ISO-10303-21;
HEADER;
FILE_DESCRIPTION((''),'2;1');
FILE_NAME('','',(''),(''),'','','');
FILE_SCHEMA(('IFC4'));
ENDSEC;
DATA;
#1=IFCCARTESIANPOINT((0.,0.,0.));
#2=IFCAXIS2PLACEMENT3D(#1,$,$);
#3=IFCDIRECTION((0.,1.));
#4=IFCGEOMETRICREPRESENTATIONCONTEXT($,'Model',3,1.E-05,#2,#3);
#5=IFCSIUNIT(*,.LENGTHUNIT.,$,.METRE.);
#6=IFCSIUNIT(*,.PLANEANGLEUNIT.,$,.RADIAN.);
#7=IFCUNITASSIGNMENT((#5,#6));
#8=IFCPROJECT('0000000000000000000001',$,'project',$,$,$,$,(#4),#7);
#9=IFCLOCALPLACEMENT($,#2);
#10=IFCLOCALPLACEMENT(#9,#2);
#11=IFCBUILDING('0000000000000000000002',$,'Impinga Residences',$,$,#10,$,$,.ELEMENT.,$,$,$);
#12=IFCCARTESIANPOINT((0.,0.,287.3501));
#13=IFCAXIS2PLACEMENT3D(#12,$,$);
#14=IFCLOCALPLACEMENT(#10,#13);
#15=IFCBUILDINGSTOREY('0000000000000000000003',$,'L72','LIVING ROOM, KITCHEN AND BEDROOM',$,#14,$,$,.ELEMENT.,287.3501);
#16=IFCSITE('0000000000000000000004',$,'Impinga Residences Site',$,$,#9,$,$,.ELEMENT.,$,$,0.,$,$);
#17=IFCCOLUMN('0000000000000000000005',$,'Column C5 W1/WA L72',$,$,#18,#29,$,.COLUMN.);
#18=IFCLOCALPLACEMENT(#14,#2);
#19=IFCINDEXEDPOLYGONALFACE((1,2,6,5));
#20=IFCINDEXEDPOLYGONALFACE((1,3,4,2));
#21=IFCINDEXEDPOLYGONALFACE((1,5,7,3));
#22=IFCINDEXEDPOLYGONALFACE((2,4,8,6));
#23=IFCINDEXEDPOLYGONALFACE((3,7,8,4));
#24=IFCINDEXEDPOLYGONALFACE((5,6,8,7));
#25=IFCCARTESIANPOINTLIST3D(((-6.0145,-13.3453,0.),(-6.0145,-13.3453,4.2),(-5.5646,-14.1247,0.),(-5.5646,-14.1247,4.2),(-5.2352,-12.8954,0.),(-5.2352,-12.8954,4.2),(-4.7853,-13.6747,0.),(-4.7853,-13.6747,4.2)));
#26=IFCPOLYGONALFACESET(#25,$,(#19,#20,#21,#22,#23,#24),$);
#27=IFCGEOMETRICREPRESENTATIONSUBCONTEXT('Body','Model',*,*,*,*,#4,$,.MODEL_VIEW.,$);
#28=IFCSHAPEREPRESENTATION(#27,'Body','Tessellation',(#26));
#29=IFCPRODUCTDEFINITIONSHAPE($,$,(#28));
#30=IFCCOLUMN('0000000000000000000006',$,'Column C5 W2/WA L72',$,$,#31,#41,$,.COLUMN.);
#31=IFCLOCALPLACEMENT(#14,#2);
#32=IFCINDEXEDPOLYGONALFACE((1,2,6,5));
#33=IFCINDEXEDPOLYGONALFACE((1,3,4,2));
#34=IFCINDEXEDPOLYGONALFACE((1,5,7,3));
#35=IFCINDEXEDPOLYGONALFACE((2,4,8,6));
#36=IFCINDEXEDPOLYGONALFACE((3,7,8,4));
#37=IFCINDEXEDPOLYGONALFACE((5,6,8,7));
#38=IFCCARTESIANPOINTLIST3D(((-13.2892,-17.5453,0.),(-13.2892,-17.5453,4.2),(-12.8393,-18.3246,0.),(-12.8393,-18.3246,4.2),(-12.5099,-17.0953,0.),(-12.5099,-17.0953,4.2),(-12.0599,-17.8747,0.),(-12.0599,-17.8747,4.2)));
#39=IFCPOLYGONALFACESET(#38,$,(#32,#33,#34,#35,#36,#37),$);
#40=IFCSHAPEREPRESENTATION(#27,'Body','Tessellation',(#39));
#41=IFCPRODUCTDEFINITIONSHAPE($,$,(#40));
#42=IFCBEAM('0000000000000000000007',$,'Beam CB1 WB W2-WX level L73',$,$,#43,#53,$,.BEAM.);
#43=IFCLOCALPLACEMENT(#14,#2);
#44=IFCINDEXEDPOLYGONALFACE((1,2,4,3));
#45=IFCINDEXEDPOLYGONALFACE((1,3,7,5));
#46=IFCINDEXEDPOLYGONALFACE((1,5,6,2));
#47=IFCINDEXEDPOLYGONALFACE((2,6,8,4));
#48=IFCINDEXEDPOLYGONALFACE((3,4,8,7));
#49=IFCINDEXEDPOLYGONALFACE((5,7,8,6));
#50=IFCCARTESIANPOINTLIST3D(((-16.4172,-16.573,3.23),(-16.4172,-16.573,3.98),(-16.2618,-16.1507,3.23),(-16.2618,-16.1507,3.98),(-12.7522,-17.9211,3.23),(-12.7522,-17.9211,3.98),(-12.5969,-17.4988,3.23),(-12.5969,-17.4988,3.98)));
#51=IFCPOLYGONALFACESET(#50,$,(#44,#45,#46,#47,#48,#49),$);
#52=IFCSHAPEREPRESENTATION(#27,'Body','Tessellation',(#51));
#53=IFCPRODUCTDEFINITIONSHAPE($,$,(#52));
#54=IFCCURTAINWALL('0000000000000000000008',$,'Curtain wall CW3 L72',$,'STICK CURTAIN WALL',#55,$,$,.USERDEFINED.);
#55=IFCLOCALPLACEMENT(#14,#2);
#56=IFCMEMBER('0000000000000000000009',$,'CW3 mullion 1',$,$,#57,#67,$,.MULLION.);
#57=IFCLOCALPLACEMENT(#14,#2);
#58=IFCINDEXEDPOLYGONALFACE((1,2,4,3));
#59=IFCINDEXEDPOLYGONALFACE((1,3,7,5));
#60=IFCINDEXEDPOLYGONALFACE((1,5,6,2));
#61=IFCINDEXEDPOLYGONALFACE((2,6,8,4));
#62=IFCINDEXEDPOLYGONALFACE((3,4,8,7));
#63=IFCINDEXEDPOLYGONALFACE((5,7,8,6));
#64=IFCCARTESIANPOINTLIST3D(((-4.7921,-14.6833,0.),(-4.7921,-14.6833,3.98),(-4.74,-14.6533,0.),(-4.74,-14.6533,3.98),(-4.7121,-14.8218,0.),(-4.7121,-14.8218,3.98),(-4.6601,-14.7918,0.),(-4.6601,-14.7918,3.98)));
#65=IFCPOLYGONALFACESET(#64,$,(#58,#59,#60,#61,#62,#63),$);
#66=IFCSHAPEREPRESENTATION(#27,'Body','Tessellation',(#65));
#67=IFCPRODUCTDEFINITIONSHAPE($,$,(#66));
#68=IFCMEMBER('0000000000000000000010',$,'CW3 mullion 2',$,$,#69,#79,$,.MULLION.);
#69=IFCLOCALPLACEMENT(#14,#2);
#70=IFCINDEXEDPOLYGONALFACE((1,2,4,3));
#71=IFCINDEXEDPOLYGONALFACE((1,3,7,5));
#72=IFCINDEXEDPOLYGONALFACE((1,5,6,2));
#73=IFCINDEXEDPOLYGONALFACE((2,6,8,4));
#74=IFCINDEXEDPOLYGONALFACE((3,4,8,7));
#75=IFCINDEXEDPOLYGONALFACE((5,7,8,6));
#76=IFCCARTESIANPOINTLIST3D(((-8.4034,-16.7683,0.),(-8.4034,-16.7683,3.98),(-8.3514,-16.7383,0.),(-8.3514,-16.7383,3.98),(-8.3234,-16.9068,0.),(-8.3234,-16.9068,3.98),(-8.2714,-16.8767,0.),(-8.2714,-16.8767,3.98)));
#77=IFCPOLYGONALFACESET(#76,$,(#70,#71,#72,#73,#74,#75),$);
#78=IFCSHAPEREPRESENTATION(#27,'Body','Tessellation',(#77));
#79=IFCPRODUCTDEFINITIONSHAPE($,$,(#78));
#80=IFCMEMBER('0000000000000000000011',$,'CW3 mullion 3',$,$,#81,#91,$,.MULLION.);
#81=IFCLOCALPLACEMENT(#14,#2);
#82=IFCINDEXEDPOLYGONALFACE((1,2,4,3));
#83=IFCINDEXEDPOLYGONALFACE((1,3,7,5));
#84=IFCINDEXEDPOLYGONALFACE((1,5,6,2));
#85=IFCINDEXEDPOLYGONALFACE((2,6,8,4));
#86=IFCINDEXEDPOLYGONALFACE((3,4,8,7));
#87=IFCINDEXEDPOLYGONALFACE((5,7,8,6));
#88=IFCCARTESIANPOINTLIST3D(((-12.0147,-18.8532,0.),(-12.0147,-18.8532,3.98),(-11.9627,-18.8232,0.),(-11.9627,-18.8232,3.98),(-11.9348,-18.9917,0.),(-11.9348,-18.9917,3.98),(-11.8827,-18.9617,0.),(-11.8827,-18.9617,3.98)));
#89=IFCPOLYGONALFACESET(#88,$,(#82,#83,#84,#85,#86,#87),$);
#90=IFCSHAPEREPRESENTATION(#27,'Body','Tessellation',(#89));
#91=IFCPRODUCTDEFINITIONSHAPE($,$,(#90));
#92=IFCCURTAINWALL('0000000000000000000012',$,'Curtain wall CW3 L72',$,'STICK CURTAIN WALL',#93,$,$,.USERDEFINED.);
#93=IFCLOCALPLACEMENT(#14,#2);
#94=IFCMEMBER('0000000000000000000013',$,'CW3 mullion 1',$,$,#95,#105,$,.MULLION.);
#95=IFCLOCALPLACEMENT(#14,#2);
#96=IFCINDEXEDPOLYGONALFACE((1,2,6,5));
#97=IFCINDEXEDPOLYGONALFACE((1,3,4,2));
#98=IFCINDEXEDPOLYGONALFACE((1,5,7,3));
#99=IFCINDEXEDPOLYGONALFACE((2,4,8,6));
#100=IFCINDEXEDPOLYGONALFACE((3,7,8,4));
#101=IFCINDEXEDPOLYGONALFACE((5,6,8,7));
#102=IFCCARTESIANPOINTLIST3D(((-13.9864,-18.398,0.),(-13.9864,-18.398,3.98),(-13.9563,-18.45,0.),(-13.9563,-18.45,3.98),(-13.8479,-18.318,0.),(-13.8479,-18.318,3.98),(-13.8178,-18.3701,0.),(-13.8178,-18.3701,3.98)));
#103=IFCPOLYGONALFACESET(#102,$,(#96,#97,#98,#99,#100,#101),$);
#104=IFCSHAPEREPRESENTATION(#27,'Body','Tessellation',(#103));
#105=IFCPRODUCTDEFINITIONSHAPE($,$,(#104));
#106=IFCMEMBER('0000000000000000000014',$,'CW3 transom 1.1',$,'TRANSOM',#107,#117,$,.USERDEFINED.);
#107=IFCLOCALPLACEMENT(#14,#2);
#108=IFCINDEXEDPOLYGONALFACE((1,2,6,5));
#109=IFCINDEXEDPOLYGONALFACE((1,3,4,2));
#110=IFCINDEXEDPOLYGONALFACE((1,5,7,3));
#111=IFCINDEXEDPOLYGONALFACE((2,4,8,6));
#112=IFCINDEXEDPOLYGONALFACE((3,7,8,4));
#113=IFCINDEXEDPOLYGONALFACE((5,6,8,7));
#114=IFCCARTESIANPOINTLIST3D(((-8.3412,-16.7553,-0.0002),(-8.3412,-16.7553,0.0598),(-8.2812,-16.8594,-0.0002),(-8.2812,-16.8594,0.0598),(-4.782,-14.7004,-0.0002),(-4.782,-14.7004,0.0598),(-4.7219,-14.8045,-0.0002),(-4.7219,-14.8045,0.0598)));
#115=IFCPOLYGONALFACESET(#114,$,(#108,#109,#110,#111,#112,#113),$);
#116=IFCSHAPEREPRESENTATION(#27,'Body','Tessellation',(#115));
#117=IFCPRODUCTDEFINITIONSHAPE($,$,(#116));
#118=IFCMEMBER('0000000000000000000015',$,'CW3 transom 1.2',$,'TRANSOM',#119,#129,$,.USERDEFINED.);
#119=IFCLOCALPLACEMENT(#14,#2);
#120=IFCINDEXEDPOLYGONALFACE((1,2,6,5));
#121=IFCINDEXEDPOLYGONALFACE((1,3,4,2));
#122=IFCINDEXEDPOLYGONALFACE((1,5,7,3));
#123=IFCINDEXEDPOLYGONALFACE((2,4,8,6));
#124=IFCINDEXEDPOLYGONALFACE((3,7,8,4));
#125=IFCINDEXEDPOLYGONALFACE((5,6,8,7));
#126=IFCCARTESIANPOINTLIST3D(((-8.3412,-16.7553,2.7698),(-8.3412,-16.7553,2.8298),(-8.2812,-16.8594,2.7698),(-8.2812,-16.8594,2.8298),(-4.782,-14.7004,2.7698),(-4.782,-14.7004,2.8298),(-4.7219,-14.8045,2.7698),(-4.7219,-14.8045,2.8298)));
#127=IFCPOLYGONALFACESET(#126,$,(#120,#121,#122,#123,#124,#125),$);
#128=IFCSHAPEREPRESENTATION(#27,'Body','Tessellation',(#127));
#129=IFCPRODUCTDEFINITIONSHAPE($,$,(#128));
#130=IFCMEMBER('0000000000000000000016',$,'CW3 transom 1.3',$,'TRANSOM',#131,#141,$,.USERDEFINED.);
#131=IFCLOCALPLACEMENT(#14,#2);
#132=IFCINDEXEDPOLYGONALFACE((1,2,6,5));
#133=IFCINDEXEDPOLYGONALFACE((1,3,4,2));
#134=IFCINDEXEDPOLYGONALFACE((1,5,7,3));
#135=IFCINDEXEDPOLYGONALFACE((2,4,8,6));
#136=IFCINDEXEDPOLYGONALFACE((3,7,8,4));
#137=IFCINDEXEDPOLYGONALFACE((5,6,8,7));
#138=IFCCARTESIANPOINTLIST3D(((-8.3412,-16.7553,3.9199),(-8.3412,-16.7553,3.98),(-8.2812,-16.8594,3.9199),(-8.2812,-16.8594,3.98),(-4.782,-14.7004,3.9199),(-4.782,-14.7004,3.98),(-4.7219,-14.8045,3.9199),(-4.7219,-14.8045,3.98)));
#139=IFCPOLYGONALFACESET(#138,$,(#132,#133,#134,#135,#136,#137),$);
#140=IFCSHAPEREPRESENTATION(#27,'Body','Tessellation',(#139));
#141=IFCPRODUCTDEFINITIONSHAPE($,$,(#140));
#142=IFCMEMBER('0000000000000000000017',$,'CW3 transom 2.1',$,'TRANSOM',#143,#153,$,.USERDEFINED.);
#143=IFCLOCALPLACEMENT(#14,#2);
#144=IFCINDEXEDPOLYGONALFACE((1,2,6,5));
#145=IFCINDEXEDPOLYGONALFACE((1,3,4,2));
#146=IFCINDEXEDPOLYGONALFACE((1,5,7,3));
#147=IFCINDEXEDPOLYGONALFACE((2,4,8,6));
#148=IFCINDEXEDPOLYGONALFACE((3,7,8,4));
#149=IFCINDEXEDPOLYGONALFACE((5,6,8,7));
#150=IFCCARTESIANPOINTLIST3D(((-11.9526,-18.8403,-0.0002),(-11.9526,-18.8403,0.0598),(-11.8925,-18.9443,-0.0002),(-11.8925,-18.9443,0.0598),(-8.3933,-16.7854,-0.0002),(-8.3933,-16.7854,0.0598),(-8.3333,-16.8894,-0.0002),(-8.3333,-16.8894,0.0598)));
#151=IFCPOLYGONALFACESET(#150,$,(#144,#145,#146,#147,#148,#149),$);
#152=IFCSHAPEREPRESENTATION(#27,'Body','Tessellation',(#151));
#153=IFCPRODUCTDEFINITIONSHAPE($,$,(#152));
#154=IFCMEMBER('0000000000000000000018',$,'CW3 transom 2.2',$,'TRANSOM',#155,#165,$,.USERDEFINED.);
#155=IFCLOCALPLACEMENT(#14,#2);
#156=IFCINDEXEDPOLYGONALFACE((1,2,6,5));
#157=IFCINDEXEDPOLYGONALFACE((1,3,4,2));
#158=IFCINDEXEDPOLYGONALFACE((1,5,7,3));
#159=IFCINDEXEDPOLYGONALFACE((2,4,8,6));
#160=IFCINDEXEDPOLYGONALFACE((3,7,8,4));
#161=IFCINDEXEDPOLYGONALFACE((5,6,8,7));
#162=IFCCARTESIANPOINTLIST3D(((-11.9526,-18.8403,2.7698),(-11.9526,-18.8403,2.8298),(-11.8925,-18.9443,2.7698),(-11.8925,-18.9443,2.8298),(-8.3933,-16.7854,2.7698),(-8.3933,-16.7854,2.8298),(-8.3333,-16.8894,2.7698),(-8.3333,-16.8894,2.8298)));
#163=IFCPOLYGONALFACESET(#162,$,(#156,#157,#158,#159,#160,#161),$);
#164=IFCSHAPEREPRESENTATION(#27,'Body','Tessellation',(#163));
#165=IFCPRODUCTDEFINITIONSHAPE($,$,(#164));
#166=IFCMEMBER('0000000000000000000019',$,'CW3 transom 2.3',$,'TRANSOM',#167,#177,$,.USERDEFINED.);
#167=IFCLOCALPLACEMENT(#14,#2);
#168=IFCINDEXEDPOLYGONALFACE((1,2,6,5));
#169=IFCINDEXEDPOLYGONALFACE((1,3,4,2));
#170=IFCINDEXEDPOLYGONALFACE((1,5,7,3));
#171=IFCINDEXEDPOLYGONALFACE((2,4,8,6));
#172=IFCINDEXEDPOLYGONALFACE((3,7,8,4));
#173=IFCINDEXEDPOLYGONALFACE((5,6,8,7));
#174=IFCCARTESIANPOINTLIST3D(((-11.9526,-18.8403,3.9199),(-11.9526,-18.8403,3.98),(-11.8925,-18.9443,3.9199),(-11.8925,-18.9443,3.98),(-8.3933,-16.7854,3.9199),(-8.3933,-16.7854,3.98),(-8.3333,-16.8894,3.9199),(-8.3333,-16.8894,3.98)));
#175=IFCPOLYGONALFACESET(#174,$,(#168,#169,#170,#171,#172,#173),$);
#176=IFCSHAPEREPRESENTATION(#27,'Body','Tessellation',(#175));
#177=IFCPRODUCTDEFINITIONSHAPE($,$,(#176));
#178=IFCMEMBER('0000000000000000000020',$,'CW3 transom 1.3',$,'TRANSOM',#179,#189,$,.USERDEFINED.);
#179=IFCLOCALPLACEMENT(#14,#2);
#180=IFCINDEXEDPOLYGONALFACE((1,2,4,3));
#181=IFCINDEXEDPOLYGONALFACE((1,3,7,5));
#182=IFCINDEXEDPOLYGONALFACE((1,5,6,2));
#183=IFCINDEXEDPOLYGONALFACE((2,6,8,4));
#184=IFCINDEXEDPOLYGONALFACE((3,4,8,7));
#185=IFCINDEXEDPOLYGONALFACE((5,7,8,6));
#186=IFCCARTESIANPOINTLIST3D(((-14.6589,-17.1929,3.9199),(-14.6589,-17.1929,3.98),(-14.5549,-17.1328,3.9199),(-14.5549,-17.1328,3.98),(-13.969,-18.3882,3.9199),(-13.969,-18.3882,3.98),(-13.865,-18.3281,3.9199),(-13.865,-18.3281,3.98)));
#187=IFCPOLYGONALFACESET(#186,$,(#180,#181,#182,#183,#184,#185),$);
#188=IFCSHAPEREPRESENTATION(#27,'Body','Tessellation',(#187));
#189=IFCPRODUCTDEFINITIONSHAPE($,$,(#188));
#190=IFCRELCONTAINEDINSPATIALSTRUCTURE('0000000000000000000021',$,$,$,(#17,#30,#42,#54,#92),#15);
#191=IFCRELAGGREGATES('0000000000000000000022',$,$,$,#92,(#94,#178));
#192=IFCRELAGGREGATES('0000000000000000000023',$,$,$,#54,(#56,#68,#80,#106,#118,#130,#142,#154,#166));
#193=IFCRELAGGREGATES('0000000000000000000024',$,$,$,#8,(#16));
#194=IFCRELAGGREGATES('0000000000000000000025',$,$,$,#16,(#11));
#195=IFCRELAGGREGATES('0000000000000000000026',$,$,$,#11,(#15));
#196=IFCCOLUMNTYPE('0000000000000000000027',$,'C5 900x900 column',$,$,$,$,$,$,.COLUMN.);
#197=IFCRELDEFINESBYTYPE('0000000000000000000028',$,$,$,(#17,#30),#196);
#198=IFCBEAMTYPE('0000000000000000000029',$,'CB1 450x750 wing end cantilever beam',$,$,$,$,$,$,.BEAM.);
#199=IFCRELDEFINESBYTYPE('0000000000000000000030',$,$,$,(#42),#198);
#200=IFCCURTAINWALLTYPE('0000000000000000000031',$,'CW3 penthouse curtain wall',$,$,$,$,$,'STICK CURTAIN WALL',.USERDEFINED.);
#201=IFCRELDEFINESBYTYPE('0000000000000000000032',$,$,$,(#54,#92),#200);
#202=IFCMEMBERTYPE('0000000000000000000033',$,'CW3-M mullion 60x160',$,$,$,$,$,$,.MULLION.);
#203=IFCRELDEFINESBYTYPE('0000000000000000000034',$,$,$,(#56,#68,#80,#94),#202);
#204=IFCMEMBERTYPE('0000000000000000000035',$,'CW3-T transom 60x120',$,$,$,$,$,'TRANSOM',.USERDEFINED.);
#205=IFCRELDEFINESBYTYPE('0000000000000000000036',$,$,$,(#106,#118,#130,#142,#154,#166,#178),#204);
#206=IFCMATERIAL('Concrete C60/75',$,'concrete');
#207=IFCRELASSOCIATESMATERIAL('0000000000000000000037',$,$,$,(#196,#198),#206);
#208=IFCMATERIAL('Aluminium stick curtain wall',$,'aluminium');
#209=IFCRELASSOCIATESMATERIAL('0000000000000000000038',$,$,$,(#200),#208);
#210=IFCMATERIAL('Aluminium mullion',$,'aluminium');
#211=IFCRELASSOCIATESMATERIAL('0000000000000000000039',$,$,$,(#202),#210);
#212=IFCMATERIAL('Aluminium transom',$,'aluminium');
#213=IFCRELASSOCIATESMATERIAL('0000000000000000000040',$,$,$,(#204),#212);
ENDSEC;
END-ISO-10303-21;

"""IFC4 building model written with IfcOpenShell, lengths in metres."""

from ifc_helpers import new_model, si_unit, direction, frame, origin, origin_2d, place, context, subcontext, project, spatial, rectangle, extrude, material, material_profile, profile_set, type_object, element, aggregate, save


model = new_model("IFC4")

# Units and contexts
model_context = context("Model", 3, precision=1e-05, world=origin(), true_north=direction((0.0, 1.0)))
body_context = subcontext(model_context, "Body", "Model", "MODEL_VIEW")
ifc_project = project(units=[si_unit("LENGTHUNIT", "METRE"), si_unit("PLANEANGLEUNIT", "RADIAN")], contexts=[model_context])

# Site, building, storey
site_placement = place(None, origin())
site = spatial("IfcSite", under=ifc_project, at=site_placement, Name="Impinga Residences Site", CompositionType="ELEMENT", RefElevation=0.0)
building_placement = place(site_placement, origin())
building = spatial("IfcBuilding", under=site, at=building_placement, Name="Impinga Residences", CompositionType="ELEMENT")
storey_placement = place(building_placement, frame((0.0, 0.0, 287.3501)))
storey = spatial("IfcBuildingStorey", under=building, at=storey_placement, Name="L72", Description="LIVING ROOM, KITCHEN AND BEDROOM", CompositionType="ELEMENT", Elevation=287.3501)

# Columns
ifc_material_1 = material(Name="Concrete C60/75", Category="concrete")
ifc_material_profile_1 = material_profile(ifc_material_1, rectangle(XDim=0.8999, YDim=0.8999, at=origin_2d()), Name="RC 900x900")
ifc_profile_set_1 = profile_set([ifc_material_profile_1], Name="Concrete C60/75")
column_type = type_object("IfcColumnType", Name="C5 900x900 column", PredefinedType="COLUMN", material=ifc_profile_set_1)
for number, where, z_axis, x_axis, name in (
    (1, (-5.3999, -13.51, 0.0), (0.0, 0.0, 1.0), (-0.5, 0.866025, 0.0), "Column C5 W1/WA L72"),
    (2, (-12.6746, -17.71, 0.0), (0.0, 0.0, 1.0), (-0.5, 0.866025, 0.0), "Column C5 W2/WA L72"),
):
    element("IfcColumn", number, at=place(storey_placement, frame(where, z_axis=z_axis, x_axis=x_axis)), inside=storey, type_object=column_type, Name=name, PredefinedType="COLUMN", context=body_context, shape_type="SweptSolid", body=[
        extrude(rectangle(XDim=0.8999, YDim=0.8999, at=origin_2d()), origin(), (0.0, 0.0, 1.0), 4.2),
    ])

# Beam
ifc_material_profile_2 = material_profile(ifc_material_1, rectangle(XDim=0.45, YDim=0.75, at=origin_2d()), Name="RC 450x750")
ifc_profile_set_2 = profile_set([ifc_material_profile_2], Name="Concrete C60/75")
beam_type_1 = type_object("IfcBeamType", Name="CB1 450x750 wing end cantilever beam", PredefinedType="BEAM", material=ifc_profile_set_2)
beam_1_placement = place(storey_placement, frame((-12.6746, -17.71, 3.605), z_axis=(-0.93852, 0.345224, 0.0), x_axis=(-0.345224, -0.93852, 0.0)))
element("IfcBeam", 3, at=beam_1_placement, inside=storey, type_object=beam_type_1, Name="Beam CB1 WB W2-WX level L73", PredefinedType="BEAM", context=body_context, shape_type="SweptSolid", body=[
    extrude(rectangle(XDim=0.45, YDim=0.75, at=origin_2d()), origin(), (0.0, 0.0, 1.0), 3.905),
])

# Curtain wall, members
ifc_material_2 = material(Name="Aluminium stick curtain wall", Category="aluminium")
curtain_wall_type = type_object("IfcCurtainWallType", Name="CW3 penthouse curtain wall", ElementType="STICK CURTAIN WALL", PredefinedType="USERDEFINED", material=ifc_material_2)
curtain_wall_1_placement = place(storey_placement, origin())
curtain_wall_1 = element("IfcCurtainWall", 4, at=curtain_wall_1_placement, inside=storey, type_object=curtain_wall_type, Name="Curtain wall CW3 L72", ObjectType="STICK CURTAIN WALL", PredefinedType="USERDEFINED")
ifc_material_3 = material(Name="Aluminium mullion", Category="aluminium")
ifc_material_profile_3 = material_profile(ifc_material_3, rectangle(XDim=0.0601, YDim=0.1599, at=origin_2d()), Name="60x160 mullion")
ifc_profile_set_3 = profile_set([ifc_material_profile_3], Name="Aluminium mullion")
member_type_1 = type_object("IfcMemberType", Name="CW3-M mullion 60x160", PredefinedType="MULLION", material=ifc_profile_set_3)
member_1_placement = place(storey_placement, frame((-4.7261, -14.7375, 0.0), z_axis=(0.0, 0.0, 1.0), x_axis=(-0.866025, -0.5, 0.0)))
member_1 = element("IfcMember", 5, at=member_1_placement, type_object=member_type_1, Name="CW3 mullion 1", PredefinedType="MULLION", context=body_context, shape_type="SweptSolid", body=[
    extrude(rectangle(XDim=0.0601, YDim=0.1599, at=origin_2d()), origin(), (0.0, 0.0, 1.0), 3.98),
])
member_2_placement = place(storey_placement, frame((-8.3374, -16.8225, 0.0), z_axis=(0.0, 0.0, 1.0), x_axis=(-0.866025, -0.5, 0.0)))
member_2 = element("IfcMember", 6, at=member_2_placement, type_object=member_type_1, Name="CW3 mullion 2", PredefinedType="MULLION", context=body_context, shape_type="SweptSolid", body=[
    extrude(rectangle(XDim=0.0601, YDim=0.1599, at=origin_2d()), origin(), (0.0, 0.0, 1.0), 3.98),
])
member_3_placement = place(storey_placement, frame((-11.9487, -18.9075, 0.0), z_axis=(0.0, 0.0, 1.0), x_axis=(-0.866025, -0.5, 0.0)))
member_3 = element("IfcMember", 7, at=member_3_placement, type_object=member_type_1, Name="CW3 mullion 3", PredefinedType="MULLION", context=body_context, shape_type="SweptSolid", body=[
    extrude(rectangle(XDim=0.0601, YDim=0.1599, at=origin_2d()), origin(), (0.0, 0.0, 1.0), 3.98),
])

# Curtain wall, member
curtain_wall_2_placement = place(storey_placement, origin())
curtain_wall_2 = element("IfcCurtainWall", 8, at=curtain_wall_2_placement, inside=storey, type_object=curtain_wall_type, Name="Curtain wall CW3 L72", ObjectType="STICK CURTAIN WALL", PredefinedType="USERDEFINED")
member_4_placement = place(storey_placement, frame((-13.9021, -18.384, 0.0), z_axis=(0.0, 0.0, 1.0), x_axis=(-0.5, 0.866025, 0.0)))
member_4 = element("IfcMember", 9, at=member_4_placement, type_object=member_type_1, Name="CW3 mullion 1", PredefinedType="MULLION", context=body_context, shape_type="SweptSolid", body=[
    extrude(rectangle(XDim=0.0601, YDim=0.1599, at=origin_2d()), origin(), (0.0, 0.0, 1.0), 3.98),
])

# Members
ifc_material_4 = material(Name="Aluminium transom", Category="aluminium")
ifc_material_profile_4 = material_profile(ifc_material_4, rectangle(XDim=0.0601, YDim=0.1201, at=origin_2d()), Name="60x120 transom")
ifc_profile_set_4 = profile_set([ifc_material_profile_4], Name="Aluminium transom")
member_type_2 = type_object("IfcMemberType", Name="CW3-T transom 60x120", ElementType="TRANSOM", PredefinedType="USERDEFINED", material=ifc_profile_set_4)
member_5_placement = place(storey_placement, frame((-4.752, -14.7524, 0.0298), z_axis=(-0.86603, -0.499992, 0.0), x_axis=(0.0, 0.0, 1.0)))
member_5 = element("IfcMember", 10, at=member_5_placement, type_object=member_type_2, Name="CW3 transom 1.1", ObjectType="TRANSOM", PredefinedType="USERDEFINED", context=body_context, shape_type="SweptSolid", body=[
    extrude(rectangle(XDim=0.0601, YDim=0.1201, at=origin_2d()), origin(), (0.0, 0.0, 1.0), 4.1099),
])
member_6_placement = place(storey_placement, frame((-4.752, -14.7524, 2.7998), z_axis=(-0.86603, -0.499992, 0.0), x_axis=(0.0, 0.0, 1.0)))
member_6 = element("IfcMember", 11, at=member_6_placement, type_object=member_type_2, Name="CW3 transom 1.2", ObjectType="TRANSOM", PredefinedType="USERDEFINED", context=body_context, shape_type="SweptSolid", body=[
    extrude(rectangle(XDim=0.0601, YDim=0.1201, at=origin_2d()), origin(), (0.0, 0.0, 1.0), 4.1099),
])
member_7_placement = place(storey_placement, frame((-4.752, -14.7524, 3.95), z_axis=(-0.86603, -0.499992, 0.0), x_axis=(0.0, 0.0, 1.0)))
member_7 = element("IfcMember", 12, at=member_7_placement, type_object=member_type_2, Name="CW3 transom 1.3", ObjectType="TRANSOM", PredefinedType="USERDEFINED", context=body_context, shape_type="SweptSolid", body=[
    extrude(rectangle(XDim=0.0601, YDim=0.1201, at=origin_2d()), origin(), (0.0, 0.0, 1.0), 4.1099),
])
member_8_placement = place(storey_placement, frame((-8.3633, -16.8374, 0.0298), z_axis=(-0.86603, -0.499992, 0.0), x_axis=(0.0, 0.0, 1.0)))
member_8 = element("IfcMember", 13, at=member_8_placement, type_object=member_type_2, Name="CW3 transom 2.1", ObjectType="TRANSOM", PredefinedType="USERDEFINED", context=body_context, shape_type="SweptSolid", body=[
    extrude(rectangle(XDim=0.0601, YDim=0.1201, at=origin_2d()), origin(), (0.0, 0.0, 1.0), 4.1099),
])
member_9_placement = place(storey_placement, frame((-8.3633, -16.8374, 2.7998), z_axis=(-0.86603, -0.499992, 0.0), x_axis=(0.0, 0.0, 1.0)))
member_9 = element("IfcMember", 14, at=member_9_placement, type_object=member_type_2, Name="CW3 transom 2.2", ObjectType="TRANSOM", PredefinedType="USERDEFINED", context=body_context, shape_type="SweptSolid", body=[
    extrude(rectangle(XDim=0.0601, YDim=0.1201, at=origin_2d()), origin(), (0.0, 0.0, 1.0), 4.1099),
])
member_10_placement = place(storey_placement, frame((-8.3633, -16.8374, 3.95), z_axis=(-0.86603, -0.499992, 0.0), x_axis=(0.0, 0.0, 1.0)))
member_10 = element("IfcMember", 15, at=member_10_placement, type_object=member_type_2, Name="CW3 transom 2.3", ObjectType="TRANSOM", PredefinedType="USERDEFINED", context=body_context, shape_type="SweptSolid", body=[
    extrude(rectangle(XDim=0.0601, YDim=0.1201, at=origin_2d()), origin(), (0.0, 0.0, 1.0), 4.1099),
])
member_11_placement = place(storey_placement, frame((-13.917, -18.3582, 3.95), z_axis=(-0.499906, 0.86608, 0.0), x_axis=(0.0, 0.0, 1.0)))
member_11 = element("IfcMember", 16, at=member_11_placement, type_object=member_type_2, Name="CW3 transom 1.3", ObjectType="TRANSOM", PredefinedType="USERDEFINED", context=body_context, shape_type="SweptSolid", body=[
    extrude(rectangle(XDim=0.0601, YDim=0.1201, at=origin_2d()), origin(), (0.0, 0.0, 1.0), 1.3801),
])
aggregate(curtain_wall_2, [member_4, member_11])

aggregate(curtain_wall_1, [member_1, member_2, member_3, member_5, member_6, member_7, member_8, member_9, member_10])

save(model, "model.ifc")
